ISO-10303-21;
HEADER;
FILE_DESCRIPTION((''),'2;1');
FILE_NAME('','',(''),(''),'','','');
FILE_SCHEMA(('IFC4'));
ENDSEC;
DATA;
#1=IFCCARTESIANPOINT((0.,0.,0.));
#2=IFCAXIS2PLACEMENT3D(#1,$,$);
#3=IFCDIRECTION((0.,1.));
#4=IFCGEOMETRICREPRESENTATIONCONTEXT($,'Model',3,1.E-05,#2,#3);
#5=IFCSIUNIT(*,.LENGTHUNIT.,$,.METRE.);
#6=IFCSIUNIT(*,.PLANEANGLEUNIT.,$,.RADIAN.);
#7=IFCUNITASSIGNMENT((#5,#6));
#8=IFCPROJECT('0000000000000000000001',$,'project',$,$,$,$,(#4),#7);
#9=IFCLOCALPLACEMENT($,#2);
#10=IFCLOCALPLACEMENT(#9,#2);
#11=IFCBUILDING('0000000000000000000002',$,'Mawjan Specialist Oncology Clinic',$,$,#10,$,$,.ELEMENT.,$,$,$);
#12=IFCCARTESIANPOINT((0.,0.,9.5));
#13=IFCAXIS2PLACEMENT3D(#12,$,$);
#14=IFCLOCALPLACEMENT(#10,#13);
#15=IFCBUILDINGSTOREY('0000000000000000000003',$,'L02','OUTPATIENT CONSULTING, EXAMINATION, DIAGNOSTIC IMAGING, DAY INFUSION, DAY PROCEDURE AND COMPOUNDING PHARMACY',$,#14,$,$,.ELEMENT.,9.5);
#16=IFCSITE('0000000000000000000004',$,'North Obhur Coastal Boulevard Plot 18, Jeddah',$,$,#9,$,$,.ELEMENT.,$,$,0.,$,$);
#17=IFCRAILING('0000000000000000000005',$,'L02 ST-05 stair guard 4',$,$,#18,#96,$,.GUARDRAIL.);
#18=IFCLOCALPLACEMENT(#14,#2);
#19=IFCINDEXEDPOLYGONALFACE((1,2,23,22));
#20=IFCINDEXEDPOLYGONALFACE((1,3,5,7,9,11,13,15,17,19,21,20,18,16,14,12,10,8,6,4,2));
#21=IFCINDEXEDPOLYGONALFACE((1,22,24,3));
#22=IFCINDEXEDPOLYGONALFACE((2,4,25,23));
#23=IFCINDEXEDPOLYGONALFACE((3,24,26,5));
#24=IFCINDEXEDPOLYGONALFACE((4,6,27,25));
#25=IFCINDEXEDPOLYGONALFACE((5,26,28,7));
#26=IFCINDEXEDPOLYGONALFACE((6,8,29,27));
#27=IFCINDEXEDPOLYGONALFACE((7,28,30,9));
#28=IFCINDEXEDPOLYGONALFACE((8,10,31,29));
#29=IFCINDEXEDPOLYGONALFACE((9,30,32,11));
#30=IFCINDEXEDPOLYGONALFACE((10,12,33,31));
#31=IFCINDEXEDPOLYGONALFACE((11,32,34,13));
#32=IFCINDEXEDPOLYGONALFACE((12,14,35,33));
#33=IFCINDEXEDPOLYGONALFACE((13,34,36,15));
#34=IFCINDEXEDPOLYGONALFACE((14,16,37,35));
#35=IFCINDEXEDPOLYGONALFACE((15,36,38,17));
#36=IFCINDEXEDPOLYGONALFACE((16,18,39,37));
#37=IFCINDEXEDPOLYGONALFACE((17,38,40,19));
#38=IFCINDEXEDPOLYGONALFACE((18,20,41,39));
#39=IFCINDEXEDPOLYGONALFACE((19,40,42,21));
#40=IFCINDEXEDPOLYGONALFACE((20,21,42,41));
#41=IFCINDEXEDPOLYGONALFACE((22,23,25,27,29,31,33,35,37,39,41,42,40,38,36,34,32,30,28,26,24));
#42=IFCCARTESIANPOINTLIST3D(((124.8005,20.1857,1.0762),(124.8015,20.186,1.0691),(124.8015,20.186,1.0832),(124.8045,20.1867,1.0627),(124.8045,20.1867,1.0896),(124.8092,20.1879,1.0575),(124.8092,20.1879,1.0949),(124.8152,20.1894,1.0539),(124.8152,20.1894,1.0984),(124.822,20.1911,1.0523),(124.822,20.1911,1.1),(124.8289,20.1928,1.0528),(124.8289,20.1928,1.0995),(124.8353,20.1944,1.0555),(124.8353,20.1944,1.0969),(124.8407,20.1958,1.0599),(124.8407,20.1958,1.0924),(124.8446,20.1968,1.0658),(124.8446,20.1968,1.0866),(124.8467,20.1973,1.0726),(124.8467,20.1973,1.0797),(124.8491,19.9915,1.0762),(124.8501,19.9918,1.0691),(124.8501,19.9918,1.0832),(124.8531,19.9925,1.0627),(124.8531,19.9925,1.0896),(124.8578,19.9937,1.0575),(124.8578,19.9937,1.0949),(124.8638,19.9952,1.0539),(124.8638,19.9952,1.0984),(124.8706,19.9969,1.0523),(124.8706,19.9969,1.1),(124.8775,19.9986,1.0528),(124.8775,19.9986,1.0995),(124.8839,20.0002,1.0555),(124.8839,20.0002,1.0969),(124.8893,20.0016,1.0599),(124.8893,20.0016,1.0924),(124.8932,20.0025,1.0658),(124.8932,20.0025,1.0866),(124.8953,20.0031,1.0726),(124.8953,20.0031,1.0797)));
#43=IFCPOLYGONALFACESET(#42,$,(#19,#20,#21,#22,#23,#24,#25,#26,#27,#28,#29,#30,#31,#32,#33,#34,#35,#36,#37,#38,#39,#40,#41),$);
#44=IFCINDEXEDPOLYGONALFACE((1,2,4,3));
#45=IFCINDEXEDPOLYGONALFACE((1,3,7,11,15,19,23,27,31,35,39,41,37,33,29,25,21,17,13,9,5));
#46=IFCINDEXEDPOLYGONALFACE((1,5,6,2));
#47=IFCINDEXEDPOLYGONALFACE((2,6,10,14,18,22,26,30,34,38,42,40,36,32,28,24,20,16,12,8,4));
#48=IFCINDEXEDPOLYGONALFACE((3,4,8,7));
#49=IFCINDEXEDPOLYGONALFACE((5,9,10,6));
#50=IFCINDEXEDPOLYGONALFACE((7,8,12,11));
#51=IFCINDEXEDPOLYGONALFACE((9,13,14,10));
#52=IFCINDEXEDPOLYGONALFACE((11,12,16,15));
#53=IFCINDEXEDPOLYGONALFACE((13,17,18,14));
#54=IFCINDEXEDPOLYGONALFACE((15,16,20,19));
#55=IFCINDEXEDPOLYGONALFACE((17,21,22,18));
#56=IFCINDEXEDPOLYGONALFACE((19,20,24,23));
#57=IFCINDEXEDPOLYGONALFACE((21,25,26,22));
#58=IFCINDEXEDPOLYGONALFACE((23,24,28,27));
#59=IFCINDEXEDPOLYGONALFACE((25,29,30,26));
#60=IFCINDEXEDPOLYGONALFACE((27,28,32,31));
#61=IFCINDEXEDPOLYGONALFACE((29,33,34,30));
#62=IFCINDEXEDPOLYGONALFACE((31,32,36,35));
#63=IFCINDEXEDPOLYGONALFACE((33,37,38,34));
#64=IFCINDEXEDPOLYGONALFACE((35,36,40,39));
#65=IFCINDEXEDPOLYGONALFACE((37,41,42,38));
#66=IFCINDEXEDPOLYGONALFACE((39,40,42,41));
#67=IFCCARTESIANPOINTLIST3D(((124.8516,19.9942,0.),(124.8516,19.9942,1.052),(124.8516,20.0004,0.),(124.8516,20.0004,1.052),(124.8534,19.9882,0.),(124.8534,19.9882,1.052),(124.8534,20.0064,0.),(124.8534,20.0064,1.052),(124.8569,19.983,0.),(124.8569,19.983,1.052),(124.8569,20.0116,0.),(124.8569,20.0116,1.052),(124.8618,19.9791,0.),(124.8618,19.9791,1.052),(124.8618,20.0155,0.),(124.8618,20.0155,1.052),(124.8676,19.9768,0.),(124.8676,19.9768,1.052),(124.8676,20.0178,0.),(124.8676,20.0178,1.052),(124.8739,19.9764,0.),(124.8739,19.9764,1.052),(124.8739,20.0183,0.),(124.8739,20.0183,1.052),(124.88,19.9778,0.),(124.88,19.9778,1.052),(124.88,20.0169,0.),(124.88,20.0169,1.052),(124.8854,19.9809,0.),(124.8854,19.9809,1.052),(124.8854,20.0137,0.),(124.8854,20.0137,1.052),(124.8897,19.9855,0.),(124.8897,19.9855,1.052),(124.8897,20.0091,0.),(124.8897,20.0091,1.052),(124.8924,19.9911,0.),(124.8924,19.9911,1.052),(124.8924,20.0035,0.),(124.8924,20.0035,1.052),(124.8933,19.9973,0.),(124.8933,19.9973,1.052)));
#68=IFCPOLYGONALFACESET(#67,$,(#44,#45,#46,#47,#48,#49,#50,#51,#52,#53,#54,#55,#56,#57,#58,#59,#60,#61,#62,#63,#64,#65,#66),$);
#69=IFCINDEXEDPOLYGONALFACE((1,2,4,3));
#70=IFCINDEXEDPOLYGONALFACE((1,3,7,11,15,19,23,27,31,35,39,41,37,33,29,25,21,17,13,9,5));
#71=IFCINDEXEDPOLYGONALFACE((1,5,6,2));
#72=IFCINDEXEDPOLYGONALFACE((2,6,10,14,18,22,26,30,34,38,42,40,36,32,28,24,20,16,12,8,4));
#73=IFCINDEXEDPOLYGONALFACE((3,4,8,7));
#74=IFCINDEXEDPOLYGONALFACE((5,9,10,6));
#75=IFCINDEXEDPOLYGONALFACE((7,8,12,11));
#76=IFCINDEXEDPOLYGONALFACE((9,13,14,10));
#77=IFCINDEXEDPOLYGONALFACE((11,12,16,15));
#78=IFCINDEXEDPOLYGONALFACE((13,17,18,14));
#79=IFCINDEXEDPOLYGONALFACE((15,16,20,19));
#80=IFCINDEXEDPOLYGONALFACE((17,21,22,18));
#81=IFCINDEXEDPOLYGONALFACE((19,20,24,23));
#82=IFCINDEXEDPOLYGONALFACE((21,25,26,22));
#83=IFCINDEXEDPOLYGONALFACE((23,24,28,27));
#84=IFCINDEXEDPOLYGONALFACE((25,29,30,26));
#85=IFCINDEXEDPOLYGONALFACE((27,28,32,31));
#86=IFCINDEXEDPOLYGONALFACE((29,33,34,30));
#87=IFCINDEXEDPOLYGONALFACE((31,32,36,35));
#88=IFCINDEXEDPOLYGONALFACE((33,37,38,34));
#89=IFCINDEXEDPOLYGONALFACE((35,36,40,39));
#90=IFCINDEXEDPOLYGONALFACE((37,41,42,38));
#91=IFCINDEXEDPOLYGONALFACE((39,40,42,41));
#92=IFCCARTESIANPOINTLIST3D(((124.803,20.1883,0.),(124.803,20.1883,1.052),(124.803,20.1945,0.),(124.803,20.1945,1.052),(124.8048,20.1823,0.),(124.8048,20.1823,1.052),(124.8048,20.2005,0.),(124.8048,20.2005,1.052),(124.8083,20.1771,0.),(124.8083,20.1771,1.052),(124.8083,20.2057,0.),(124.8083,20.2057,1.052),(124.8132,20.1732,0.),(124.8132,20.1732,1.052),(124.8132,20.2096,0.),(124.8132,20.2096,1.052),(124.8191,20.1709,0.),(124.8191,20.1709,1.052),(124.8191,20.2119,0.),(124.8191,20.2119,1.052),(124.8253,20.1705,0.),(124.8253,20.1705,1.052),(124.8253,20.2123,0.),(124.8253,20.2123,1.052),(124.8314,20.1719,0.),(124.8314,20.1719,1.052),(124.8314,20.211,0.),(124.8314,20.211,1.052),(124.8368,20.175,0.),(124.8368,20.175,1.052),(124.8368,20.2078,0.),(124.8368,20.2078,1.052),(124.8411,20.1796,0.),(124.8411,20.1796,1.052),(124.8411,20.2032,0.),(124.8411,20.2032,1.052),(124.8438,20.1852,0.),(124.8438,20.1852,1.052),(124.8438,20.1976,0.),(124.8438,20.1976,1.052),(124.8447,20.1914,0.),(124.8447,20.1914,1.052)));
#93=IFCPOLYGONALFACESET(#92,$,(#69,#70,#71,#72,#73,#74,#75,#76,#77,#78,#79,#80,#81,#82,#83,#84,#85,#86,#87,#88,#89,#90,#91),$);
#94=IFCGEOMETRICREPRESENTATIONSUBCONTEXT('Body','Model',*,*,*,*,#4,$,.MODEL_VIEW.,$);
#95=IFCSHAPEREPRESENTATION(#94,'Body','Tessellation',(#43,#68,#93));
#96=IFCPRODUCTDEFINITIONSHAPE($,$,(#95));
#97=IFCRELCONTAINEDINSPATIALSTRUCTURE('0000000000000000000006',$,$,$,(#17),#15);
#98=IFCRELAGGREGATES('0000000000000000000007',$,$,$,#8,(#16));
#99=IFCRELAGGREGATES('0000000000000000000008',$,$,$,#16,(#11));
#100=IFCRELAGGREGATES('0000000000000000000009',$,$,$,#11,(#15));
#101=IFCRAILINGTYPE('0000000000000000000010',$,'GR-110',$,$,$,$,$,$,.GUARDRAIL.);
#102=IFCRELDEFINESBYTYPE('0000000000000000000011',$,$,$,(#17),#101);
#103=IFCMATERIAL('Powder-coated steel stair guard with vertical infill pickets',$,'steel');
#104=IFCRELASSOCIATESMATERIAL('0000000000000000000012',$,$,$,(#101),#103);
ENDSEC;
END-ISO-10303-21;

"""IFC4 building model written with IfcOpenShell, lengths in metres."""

from ifc_helpers import new_model, si_unit, direction, frame, origin, origin_2d, place, context, subcontext, project, spatial, circle, extrude, material, type_object, element, save


model = new_model("IFC4")

# Units and contexts
model_context = context("Model", 3, precision=1e-05, world=origin(), true_north=direction((0.0, 1.0)))
body_context = subcontext(model_context, "Body", "Model", "MODEL_VIEW")
ifc_project = project(units=[si_unit("LENGTHUNIT", "METRE"), si_unit("PLANEANGLEUNIT", "RADIAN")], contexts=[model_context])

# Site, building, storey
site_placement = place(None, origin())
site = spatial("IfcSite", under=ifc_project, at=site_placement, Name="North Obhur Coastal Boulevard Plot 18, Jeddah", CompositionType="ELEMENT", RefElevation=0.0)
building_placement = place(site_placement, origin())
building = spatial("IfcBuilding", under=site, at=building_placement, Name="Mawjan Specialist Oncology Clinic", CompositionType="ELEMENT")
storey_placement = place(building_placement, frame((0.0, 0.0, 9.5)))
storey = spatial("IfcBuildingStorey", under=building, at=storey_placement, Name="L02", Description="OUTPATIENT CONSULTING, EXAMINATION, DIAGNOSTIC IMAGING, DAY INFUSION, DAY PROCEDURE AND COMPOUNDING PHARMACY", CompositionType="ELEMENT", Elevation=9.5)

# Railing
ifc_material_1 = material(Name="Powder-coated steel stair guard with vertical infill pickets", Category="steel")
railing_type = type_object("IfcRailingType", Name="GR-110", PredefinedType="GUARDRAIL", material=ifc_material_1)
railing_1_placement = place(storey_placement, frame((124.8723, 19.9973, 0.0)))
element("IfcRailing", 1, at=railing_1_placement, inside=storey, type_object=railing_type, Name="L02 ST-05 stair guard 4", PredefinedType="GUARDRAIL", context=body_context, shape_type="SweptSolid", body=[
    extrude(circle(Radius=0.0239, at=origin_2d()), frame((0.0, 0.0, 1.0762), z_axis=(-0.242823, 0.970071, 0.0), x_axis=(-0.970071, -0.242823, 0.0)), (0.0, 0.0, 1.0), 0.2002),
    extrude(circle(Radius=0.021, at=origin_2d()), origin(), (0.0, 0.0, 1.0), 1.052),
    extrude(circle(Radius=0.021, at=origin_2d()), frame((-0.0486, 0.1941, 0.0)), (0.0, 0.0, 1.0), 1.052),
])

save(model, "model.ifc")
